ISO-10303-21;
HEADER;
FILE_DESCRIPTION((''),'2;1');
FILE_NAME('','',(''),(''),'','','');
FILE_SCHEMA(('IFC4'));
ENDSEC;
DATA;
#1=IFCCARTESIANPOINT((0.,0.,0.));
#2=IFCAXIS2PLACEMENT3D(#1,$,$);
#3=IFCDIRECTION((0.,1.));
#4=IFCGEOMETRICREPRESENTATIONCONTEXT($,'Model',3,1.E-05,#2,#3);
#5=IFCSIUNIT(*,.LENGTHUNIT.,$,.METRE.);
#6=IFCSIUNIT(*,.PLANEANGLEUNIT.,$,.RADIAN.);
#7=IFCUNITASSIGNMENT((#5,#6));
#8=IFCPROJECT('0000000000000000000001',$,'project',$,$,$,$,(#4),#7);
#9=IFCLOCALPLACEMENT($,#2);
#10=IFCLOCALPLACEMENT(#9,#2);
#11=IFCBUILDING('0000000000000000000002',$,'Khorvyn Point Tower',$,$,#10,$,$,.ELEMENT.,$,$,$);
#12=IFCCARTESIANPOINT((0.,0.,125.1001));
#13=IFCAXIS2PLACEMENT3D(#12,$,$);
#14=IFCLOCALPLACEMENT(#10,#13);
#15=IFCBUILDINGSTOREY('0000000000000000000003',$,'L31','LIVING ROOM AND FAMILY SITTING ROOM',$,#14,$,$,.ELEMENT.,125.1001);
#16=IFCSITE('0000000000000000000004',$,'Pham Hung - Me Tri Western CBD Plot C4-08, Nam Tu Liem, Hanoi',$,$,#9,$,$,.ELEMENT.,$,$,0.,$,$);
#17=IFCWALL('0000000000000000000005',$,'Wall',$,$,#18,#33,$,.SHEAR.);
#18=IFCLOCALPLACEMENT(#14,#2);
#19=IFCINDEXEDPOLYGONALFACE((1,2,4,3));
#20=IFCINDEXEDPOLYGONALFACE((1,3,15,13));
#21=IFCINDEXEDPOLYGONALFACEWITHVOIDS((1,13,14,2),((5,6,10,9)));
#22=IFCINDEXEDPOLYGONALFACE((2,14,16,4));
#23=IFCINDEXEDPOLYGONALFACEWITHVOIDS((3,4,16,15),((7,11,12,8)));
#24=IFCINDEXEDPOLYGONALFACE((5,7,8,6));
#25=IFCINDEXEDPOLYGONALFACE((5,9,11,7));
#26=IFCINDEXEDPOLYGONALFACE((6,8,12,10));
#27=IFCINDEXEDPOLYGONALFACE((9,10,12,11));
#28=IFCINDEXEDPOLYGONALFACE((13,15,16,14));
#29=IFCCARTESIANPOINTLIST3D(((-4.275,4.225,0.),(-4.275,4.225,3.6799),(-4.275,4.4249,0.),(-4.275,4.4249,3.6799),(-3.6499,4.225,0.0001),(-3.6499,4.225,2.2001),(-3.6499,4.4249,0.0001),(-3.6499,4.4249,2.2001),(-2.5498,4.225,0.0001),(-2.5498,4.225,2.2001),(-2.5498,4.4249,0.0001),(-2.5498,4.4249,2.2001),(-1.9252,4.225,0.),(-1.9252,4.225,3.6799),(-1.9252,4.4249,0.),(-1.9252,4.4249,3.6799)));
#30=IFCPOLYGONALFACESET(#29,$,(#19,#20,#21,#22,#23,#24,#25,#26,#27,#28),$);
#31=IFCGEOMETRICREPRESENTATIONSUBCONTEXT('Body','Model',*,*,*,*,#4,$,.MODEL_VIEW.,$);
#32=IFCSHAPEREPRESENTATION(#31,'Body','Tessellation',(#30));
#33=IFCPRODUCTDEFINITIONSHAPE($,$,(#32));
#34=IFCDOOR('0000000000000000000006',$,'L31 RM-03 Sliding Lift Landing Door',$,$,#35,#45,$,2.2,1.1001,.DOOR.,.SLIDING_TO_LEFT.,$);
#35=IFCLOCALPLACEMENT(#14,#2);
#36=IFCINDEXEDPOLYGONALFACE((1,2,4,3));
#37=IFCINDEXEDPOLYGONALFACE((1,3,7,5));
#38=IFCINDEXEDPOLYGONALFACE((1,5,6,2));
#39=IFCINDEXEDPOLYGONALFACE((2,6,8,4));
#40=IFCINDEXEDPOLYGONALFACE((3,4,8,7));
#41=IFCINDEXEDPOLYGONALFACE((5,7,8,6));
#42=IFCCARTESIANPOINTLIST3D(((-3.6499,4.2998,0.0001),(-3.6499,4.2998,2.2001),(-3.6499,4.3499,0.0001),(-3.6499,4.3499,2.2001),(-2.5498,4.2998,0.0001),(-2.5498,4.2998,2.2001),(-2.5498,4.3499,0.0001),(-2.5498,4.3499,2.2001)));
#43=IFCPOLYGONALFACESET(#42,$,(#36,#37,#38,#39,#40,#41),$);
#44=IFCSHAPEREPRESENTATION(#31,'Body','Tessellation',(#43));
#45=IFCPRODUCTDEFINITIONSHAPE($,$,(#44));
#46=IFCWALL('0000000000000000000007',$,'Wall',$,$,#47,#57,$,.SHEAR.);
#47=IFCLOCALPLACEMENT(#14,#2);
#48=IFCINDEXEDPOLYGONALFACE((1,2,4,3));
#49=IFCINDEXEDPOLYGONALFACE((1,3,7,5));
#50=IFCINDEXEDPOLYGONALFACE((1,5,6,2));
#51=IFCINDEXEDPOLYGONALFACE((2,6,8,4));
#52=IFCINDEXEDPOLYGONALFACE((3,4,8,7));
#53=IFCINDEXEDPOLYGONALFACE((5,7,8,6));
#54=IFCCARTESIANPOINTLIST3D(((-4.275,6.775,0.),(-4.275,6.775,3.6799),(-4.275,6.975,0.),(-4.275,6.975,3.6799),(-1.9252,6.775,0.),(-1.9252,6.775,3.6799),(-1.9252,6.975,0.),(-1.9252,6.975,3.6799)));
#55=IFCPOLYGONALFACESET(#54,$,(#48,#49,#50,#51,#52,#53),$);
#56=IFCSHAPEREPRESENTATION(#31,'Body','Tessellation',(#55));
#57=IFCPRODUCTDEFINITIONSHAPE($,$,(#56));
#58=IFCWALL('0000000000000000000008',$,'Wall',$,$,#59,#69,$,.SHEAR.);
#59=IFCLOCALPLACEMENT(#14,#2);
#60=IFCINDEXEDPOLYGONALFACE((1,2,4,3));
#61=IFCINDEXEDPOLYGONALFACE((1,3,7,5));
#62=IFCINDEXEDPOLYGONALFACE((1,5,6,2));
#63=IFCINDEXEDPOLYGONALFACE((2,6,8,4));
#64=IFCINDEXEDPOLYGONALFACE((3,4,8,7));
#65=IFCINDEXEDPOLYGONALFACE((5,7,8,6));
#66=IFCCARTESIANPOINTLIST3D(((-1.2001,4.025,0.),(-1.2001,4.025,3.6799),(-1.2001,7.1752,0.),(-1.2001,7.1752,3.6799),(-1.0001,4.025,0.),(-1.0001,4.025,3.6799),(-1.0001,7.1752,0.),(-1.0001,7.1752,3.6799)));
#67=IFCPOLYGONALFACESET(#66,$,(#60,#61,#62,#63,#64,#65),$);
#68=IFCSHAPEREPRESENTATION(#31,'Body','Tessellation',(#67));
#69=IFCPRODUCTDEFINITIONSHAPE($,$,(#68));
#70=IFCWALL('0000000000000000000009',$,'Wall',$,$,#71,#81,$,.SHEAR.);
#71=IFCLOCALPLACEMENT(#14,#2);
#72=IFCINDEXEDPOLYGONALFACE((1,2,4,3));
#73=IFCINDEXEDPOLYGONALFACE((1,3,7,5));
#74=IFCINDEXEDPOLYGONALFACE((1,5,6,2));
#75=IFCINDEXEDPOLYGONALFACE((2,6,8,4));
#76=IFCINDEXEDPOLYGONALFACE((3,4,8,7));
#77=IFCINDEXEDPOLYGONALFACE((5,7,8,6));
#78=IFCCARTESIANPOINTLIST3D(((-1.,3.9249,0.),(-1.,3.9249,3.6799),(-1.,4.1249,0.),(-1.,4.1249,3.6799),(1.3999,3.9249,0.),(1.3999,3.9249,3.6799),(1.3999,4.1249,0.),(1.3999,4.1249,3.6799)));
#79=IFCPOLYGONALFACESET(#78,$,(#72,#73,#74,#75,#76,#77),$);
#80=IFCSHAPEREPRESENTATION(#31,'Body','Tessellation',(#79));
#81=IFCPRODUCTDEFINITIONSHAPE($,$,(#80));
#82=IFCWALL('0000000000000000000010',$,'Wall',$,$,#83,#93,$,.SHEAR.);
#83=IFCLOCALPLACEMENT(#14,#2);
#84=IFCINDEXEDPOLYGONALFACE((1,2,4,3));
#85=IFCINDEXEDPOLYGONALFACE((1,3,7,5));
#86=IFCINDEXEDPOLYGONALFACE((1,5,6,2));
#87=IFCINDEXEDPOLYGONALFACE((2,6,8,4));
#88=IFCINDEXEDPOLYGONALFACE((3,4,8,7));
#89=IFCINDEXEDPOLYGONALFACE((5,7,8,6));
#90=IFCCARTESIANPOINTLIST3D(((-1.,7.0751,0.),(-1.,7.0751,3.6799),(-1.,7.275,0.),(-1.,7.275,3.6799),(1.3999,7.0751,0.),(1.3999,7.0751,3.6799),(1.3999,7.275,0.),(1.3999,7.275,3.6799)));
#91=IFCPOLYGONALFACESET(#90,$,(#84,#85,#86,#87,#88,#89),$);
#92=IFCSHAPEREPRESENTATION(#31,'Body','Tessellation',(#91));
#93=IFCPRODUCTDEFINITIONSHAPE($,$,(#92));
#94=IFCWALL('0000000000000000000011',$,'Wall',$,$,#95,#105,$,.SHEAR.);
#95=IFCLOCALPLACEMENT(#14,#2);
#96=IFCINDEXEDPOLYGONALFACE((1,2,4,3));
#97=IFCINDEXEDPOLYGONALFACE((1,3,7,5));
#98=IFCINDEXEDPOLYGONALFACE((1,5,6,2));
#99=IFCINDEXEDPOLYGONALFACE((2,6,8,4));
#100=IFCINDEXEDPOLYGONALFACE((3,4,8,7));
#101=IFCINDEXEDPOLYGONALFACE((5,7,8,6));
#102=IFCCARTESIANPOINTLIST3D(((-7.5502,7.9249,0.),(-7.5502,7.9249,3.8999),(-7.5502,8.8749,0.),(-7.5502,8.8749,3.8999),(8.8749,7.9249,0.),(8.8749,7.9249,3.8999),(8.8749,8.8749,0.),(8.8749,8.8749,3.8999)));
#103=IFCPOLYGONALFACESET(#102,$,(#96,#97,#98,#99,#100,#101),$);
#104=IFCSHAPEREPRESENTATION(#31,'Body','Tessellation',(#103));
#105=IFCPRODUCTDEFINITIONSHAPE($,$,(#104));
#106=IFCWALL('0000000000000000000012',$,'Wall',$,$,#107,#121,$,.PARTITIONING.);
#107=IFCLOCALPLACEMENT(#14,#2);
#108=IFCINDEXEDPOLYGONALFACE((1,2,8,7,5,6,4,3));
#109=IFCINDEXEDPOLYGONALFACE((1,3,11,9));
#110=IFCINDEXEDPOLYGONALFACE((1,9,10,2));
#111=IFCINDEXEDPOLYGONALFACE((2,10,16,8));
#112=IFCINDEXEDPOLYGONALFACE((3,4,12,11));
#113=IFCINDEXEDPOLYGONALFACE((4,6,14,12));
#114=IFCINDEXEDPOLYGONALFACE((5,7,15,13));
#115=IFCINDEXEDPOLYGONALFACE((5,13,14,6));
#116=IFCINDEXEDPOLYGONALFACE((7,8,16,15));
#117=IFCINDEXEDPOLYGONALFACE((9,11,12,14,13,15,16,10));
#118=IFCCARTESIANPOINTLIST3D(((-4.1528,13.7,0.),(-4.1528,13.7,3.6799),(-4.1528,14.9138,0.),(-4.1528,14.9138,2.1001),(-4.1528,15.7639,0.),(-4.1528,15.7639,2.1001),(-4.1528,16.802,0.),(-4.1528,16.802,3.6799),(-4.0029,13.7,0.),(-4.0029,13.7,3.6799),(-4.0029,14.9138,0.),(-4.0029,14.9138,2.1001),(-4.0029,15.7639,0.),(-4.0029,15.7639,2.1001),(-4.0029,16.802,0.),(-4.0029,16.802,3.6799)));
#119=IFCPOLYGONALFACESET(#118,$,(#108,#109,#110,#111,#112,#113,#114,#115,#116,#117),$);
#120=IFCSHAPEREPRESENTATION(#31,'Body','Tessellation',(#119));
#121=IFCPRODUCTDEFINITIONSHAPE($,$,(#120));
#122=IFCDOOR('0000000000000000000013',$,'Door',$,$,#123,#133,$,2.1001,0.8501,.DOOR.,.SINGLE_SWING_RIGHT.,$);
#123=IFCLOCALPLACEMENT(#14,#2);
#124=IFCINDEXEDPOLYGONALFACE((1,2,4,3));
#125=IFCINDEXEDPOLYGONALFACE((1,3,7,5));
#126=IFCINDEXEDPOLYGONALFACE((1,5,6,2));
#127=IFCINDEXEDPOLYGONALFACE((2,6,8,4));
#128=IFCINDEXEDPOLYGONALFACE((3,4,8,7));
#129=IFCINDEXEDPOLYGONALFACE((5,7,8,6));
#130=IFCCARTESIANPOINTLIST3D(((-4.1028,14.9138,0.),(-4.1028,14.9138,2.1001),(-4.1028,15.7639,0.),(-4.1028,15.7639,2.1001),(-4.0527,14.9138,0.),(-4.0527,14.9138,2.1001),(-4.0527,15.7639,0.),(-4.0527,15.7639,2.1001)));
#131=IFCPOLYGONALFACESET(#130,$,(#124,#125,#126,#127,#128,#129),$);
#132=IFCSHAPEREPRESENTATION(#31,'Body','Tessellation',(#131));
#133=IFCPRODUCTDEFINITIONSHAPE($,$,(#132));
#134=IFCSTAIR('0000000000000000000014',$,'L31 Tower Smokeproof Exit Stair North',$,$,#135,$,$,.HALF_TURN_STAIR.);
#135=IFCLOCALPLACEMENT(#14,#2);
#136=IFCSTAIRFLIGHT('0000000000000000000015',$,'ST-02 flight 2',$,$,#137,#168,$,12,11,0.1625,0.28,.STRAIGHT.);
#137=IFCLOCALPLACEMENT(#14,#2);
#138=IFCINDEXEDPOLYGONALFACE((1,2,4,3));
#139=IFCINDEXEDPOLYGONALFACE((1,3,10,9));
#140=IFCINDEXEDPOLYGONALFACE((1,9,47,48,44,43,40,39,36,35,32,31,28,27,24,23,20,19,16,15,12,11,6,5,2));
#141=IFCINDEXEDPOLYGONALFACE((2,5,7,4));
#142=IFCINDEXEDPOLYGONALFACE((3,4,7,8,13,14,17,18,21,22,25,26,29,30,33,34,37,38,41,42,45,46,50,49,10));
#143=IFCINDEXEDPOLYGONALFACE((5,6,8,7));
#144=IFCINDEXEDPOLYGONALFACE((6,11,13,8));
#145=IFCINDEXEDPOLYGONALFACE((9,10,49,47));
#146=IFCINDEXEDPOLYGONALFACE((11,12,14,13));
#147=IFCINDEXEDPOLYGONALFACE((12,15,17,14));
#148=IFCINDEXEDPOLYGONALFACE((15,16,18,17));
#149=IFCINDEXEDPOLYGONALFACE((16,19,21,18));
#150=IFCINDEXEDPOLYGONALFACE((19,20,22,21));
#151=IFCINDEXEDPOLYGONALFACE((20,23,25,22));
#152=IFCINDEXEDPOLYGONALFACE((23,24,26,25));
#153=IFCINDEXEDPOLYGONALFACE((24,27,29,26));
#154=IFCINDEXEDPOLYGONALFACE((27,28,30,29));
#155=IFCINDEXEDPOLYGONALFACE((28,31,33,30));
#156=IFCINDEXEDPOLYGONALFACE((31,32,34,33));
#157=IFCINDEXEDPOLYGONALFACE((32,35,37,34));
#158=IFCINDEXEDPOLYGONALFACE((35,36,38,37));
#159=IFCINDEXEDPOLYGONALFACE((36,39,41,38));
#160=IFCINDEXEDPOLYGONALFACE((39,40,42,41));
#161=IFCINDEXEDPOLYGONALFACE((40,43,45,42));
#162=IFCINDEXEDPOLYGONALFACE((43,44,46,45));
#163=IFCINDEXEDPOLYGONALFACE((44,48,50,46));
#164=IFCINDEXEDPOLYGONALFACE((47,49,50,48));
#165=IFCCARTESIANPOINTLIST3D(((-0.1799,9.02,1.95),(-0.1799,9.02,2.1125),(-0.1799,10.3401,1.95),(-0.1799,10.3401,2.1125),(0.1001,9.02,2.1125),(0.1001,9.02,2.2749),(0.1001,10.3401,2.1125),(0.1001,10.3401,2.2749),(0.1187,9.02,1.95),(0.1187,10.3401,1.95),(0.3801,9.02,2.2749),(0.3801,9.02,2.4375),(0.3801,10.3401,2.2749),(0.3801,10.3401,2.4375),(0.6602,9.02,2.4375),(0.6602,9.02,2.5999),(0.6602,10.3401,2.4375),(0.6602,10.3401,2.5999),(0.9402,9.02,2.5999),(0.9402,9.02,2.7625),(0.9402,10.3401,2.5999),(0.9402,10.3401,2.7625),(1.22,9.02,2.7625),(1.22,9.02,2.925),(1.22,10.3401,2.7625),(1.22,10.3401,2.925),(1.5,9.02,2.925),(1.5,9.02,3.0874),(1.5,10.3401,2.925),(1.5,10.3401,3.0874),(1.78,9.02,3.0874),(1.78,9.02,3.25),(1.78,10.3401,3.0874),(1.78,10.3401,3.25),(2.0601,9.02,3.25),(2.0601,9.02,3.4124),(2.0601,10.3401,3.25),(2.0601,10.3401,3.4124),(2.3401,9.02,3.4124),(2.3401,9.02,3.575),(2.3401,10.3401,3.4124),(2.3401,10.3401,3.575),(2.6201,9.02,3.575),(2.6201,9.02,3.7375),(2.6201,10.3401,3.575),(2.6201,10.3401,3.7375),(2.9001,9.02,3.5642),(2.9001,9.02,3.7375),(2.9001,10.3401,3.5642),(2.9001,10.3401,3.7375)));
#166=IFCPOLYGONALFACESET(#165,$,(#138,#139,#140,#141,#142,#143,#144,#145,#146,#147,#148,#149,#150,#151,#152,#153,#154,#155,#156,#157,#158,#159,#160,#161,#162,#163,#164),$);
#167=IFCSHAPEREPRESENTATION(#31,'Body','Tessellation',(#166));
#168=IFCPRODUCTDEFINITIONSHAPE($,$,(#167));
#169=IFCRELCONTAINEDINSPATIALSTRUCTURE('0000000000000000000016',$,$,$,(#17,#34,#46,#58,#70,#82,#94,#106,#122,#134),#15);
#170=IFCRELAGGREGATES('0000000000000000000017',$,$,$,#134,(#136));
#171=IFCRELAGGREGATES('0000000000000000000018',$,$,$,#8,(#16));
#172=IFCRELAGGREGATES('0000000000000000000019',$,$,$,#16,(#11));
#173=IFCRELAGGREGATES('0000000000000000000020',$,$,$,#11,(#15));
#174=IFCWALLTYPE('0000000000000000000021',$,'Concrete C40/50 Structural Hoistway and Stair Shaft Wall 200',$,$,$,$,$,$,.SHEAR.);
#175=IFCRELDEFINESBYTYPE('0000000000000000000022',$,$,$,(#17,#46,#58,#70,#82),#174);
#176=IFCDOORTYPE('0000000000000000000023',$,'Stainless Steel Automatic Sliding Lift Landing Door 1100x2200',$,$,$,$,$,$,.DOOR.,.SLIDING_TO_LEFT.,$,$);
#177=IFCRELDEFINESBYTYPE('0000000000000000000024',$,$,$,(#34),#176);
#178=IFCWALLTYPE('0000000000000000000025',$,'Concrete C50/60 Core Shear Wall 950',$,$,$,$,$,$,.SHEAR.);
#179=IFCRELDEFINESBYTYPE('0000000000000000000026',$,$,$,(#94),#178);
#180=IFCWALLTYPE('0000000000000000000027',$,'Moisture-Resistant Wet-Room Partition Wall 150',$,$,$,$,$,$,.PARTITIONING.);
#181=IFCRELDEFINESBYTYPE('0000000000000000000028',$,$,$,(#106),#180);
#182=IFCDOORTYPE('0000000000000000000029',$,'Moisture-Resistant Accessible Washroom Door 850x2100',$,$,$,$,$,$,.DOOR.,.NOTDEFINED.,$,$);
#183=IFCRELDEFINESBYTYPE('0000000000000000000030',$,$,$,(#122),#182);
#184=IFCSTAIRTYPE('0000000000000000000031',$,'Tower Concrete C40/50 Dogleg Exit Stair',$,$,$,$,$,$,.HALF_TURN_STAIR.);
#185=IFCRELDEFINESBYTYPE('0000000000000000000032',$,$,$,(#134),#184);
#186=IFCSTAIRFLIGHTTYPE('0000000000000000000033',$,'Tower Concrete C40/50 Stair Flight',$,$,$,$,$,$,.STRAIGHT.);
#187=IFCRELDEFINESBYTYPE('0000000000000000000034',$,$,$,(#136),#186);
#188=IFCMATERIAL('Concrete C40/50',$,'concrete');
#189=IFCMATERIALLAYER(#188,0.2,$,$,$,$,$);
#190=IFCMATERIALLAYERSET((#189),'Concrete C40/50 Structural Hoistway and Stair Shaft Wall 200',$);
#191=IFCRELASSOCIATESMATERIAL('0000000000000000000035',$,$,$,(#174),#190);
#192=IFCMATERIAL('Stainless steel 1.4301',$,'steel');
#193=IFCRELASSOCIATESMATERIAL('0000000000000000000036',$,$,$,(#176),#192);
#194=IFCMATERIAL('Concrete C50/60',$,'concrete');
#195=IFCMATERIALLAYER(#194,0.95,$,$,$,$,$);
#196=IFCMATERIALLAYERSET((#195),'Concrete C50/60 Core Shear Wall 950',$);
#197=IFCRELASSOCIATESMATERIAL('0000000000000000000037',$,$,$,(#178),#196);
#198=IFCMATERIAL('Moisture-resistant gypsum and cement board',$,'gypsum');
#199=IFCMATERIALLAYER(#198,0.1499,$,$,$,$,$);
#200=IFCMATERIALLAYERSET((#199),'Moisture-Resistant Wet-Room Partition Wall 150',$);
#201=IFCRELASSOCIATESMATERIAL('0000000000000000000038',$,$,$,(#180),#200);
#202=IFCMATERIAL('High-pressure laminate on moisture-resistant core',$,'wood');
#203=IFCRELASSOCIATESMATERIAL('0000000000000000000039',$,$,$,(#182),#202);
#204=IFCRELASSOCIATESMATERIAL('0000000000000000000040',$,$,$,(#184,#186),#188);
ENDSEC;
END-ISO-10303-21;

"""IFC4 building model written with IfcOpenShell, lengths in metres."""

from ifc_helpers import new_model, si_unit, direction, frame, frame_2d, origin, place, context, subcontext, project, spatial, polyline, rectangle, outline, extrude, material, layer, layer_set, type_object, element, fill, aggregate, save


model = new_model("IFC4")

# Units and contexts
model_context = context("Model", 3, precision=1e-05, world=origin(), true_north=direction((0.0, 1.0)))
body_context = subcontext(model_context, "Body", "Model", "MODEL_VIEW")
ifc_project = project(units=[si_unit("LENGTHUNIT", "METRE"), si_unit("PLANEANGLEUNIT", "RADIAN")], contexts=[model_context])

# Site, building, storey
site_placement = place(None, origin())
site = spatial("IfcSite", under=ifc_project, at=site_placement, Name="Pham Hung - Me Tri Western CBD Plot C4-08, Nam Tu Liem, Hanoi", CompositionType="ELEMENT", RefElevation=0.0)
building_placement = place(site_placement, origin())
building = spatial("IfcBuilding", under=site, at=building_placement, Name="Khorvyn Point Tower", CompositionType="ELEMENT")
storey_placement = place(building_placement, frame((0.0, 0.0, 125.1001)))
storey = spatial("IfcBuildingStorey", under=building, at=storey_placement, Name="L31", Description="LIVING ROOM AND FAMILY SITTING ROOM", CompositionType="ELEMENT", Elevation=125.1001)

# Shared definitions
ifc_material_1 = material(Name="Concrete C40/50", Category="concrete")

# Shared definitions
ifc_layer_1 = layer(ifc_material_1, 0.2)
ifc_layer_set_1 = layer_set([ifc_layer_1], Name="Concrete C40/50 Structural Hoistway and Stair Shaft Wall 200")
wall_type_1 = type_object("IfcWallType", Name="Concrete C40/50 Structural Hoistway and Stair Shaft Wall 200", PredefinedType="SHEAR", material=ifc_layer_set_1)

# Shared definitions
ifc_material_2 = material(Name="Stainless steel 1.4301", Category="steel")
door_type_1 = type_object("IfcDoorType", Name="Stainless Steel Automatic Sliding Lift Landing Door 1100x2200", OperationType="SLIDING_TO_LEFT", PredefinedType="DOOR", material=ifc_material_2)

# Wall, opening, door
wall_1_placement = place(storey_placement, frame((-4.2749, 4.325, 0.0), z_axis=(0.0, 0.0, 1.0), x_axis=(1.0, 0.0, 0.0)))
wall_1 = element("IfcWall", 1, at=wall_1_placement, inside=storey, type_object=wall_type_1, Name="Wall", PredefinedType="SHEAR", context=body_context, shape_type="SweptSolid", body=[
    extrude(rectangle(XDim=2.3499, YDim=0.2, at=frame_2d((1.1748, 0.0))), origin(), (0.0, 0.0, 1.0), 3.6799),
])
opening_1_placement = place(wall_1_placement, frame((0.625, 0.0, 0.0)))
opening_1 = element("IfcOpeningElement", 2, at=opening_1_placement, cuts=wall_1, PredefinedType="OPENING", context=body_context, shape_type="SweptSolid", body=[
    extrude(rectangle(XDim=1.1001, YDim=2.2, at=frame_2d((0.55, 1.1001))), frame((0.0, 0.1099, 0.0), z_axis=(0.0, -1.0, 0.0), x_axis=(1.0, 0.0, 0.0)), (0.0, 0.0, 1.0), 0.22),
])
door_1_placement = place(opening_1_placement, origin())
door_1 = element("IfcDoor", 3, at=door_1_placement, inside=storey, type_object=door_type_1, Name="L31 RM-03 Sliding Lift Landing Door", OperationType="SLIDING_TO_LEFT", OverallHeight=2.2, OverallWidth=1.1001, PredefinedType="DOOR", context=body_context, shape_type="SweptSolid", body=[
    extrude(rectangle(XDim=1.1001, YDim=2.2, at=frame_2d((0.55, 1.1001))), frame((0.0, 0.0249, 0.0), z_axis=(0.0, -1.0, 0.0), x_axis=(1.0, 0.0, 0.0)), (0.0, 0.0, 1.0), 0.05),
])
fill(opening_1, door_1)

# Walls
wall_2_placement = place(storey_placement, frame((-4.2749, 6.875, 0.0), z_axis=(0.0, 0.0, 1.0), x_axis=(1.0, 0.0, 0.0)))
element("IfcWall", 4, at=wall_2_placement, inside=storey, type_object=wall_type_1, Name="Wall", PredefinedType="SHEAR", context=body_context, shape_type="SweptSolid", body=[
    extrude(rectangle(XDim=2.3499, YDim=0.2, at=frame_2d((1.1748, 0.0))), origin(), (0.0, 0.0, 1.0), 3.6799),
])
wall_3_placement = place(storey_placement, frame((-1.1001, 4.0249, 0.0), z_axis=(0.0, 0.0, 1.0), x_axis=(0.0, 1.0, 0.0)))
element("IfcWall", 5, at=wall_3_placement, inside=storey, type_object=wall_type_1, Name="Wall", PredefinedType="SHEAR", context=body_context, shape_type="SweptSolid", body=[
    extrude(rectangle(XDim=3.1501, YDim=0.2, at=frame_2d((1.5752, 0.0))), origin(), (0.0, 0.0, 1.0), 3.6799),
])
for number, where, z_axis, x_axis, name in (
    (6, (-1.0, 4.0249, 0.0), (0.0, 0.0, 1.0), (1.0, 0.0, 0.0), "Wall"),
    (7, (-1.0, 7.175, 0.0), (0.0, 0.0, 1.0), (1.0, 0.0, 0.0), "Wall"),
):
    element("IfcWall", number, at=place(storey_placement, frame(where, z_axis=z_axis, x_axis=x_axis)), inside=storey, type_object=wall_type_1, Name=name, PredefinedType="SHEAR", context=body_context, shape_type="SweptSolid", body=[
        extrude(rectangle(XDim=2.3999, YDim=0.2, at=frame_2d((1.2, 0.0))), origin(), (0.0, 0.0, 1.0), 3.6799),
    ])
ifc_material_3 = material(Name="Concrete C50/60", Category="concrete")
ifc_layer_2 = layer(ifc_material_3, 0.95)
ifc_layer_set_2 = layer_set([ifc_layer_2], Name="Concrete C50/60 Core Shear Wall 950")
wall_type_2 = type_object("IfcWallType", Name="Concrete C50/60 Core Shear Wall 950", PredefinedType="SHEAR", material=ifc_layer_set_2)
wall_4_placement = place(storey_placement, frame((-7.55, 8.3999, 0.0), z_axis=(0.0, 0.0, 1.0), x_axis=(1.0, 0.0, 0.0)))
element("IfcWall", 8, at=wall_4_placement, inside=storey, type_object=wall_type_2, Name="Wall", PredefinedType="SHEAR", context=body_context, shape_type="SweptSolid", body=[
    extrude(rectangle(XDim=16.425, YDim=0.95, at=frame_2d((8.2124, 0.0))), origin(), (0.0, 0.0, 1.0), 3.8999),
])

# Wall, opening, door
ifc_material_4 = material(Name="Moisture-resistant gypsum and cement board", Category="gypsum")
ifc_layer_3 = layer(ifc_material_4, 0.1499)
ifc_layer_set_3 = layer_set([ifc_layer_3], Name="Moisture-Resistant Wet-Room Partition Wall 150")
wall_type_3 = type_object("IfcWallType", Name="Moisture-Resistant Wet-Room Partition Wall 150", PredefinedType="PARTITIONING", material=ifc_layer_set_3)
wall_5_placement = place(storey_placement, frame((-4.0779, 13.7, 0.0), z_axis=(0.0, 0.0, 1.0), x_axis=(0.0, 1.0, 0.0)))
wall_5 = element("IfcWall", 9, at=wall_5_placement, inside=storey, type_object=wall_type_3, Name="Wall", PredefinedType="PARTITIONING", context=body_context, shape_type="SweptSolid", body=[
    extrude(rectangle(XDim=3.1021, YDim=0.1499, at=frame_2d((1.551, 0.0))), origin(), (0.0, 0.0, 1.0), 3.6799),
])
opening_2_placement = place(wall_5_placement, frame((1.2139, 0.0, 0.0)))
opening_2 = element("IfcOpeningElement", 10, at=opening_2_placement, cuts=wall_5, PredefinedType="OPENING", context=body_context, shape_type="SweptSolid", body=[
    extrude(rectangle(XDim=0.8501, YDim=2.1001, at=frame_2d((0.425, 1.05))), frame((0.0, 0.085, 0.0), z_axis=(0.0, -1.0, 0.0), x_axis=(1.0, 0.0, 0.0)), (0.0, 0.0, 1.0), 0.1699),
])
ifc_material_5 = material(Name="High-pressure laminate on moisture-resistant core", Category="wood")
door_type_2 = type_object("IfcDoorType", Name="Moisture-Resistant Accessible Washroom Door 850x2100", OperationType="NOTDEFINED", PredefinedType="DOOR", material=ifc_material_5)
door_2_placement = place(opening_2_placement, origin())
door_2 = element("IfcDoor", 11, at=door_2_placement, inside=storey, type_object=door_type_2, Name="Door", OperationType="SINGLE_SWING_RIGHT", OverallHeight=2.1001, OverallWidth=0.8501, PredefinedType="DOOR", context=body_context, shape_type="SweptSolid", body=[
    extrude(rectangle(XDim=0.8501, YDim=2.1001, at=frame_2d((0.425, 1.05))), frame((0.0, 0.0249, 0.0), z_axis=(0.0, -1.0, 0.0), x_axis=(1.0, 0.0, 0.0)), (0.0, 0.0, 1.0), 0.05),
])
fill(opening_2, door_2)

# Stair, stair flight
stair_type = type_object("IfcStairType", Name="Tower Concrete C40/50 Dogleg Exit Stair", PredefinedType="HALF_TURN_STAIR", material=ifc_material_1)
stair_placement = place(storey_placement, origin())
stair = element("IfcStair", 12, at=stair_placement, inside=storey, type_object=stair_type, Name="L31 Tower Smokeproof Exit Stair North", PredefinedType="HALF_TURN_STAIR")
stair_flight_type = type_object("IfcStairFlightType", Name="Tower Concrete C40/50 Stair Flight", PredefinedType="STRAIGHT", material=ifc_material_1)
stair_flight_placement = place(storey_placement, frame((-0.1799, 9.6799, 1.95), z_axis=(0.0, 0.0, 1.0), x_axis=(1.0, 0.0, 0.0)))
stair_flight = element("IfcStairFlight", 13, at=stair_flight_placement, type_object=stair_flight_type, Name="ST-02 flight 2", NumberOfRisers=12, NumberOfTreads=11, PredefinedType="STRAIGHT", RiserHeight=0.1625, TreadLength=0.28, context=body_context, shape_type="SweptSolid", body=[
    extrude(outline(polyline([(0.0, 0.0), (0.0, 0.1626), (0.28, 0.1626), (0.28, 0.325), (0.5601, 0.325), (0.5601, 0.4875), (0.8401, 0.4875), (0.8401, 0.6499), (1.1201, 0.6499), (1.1201, 0.8125), (1.3999, 0.8125), (1.3999, 0.9751), (1.6799, 0.9751), (1.6799, 1.1375), (1.96, 1.1375), (1.96, 1.3), (2.24, 1.3), (2.24, 1.4624), (2.52, 1.4624), (2.52, 1.625), (2.8, 1.625), (2.8, 1.7876), (3.0801, 1.7876), (3.0801, 1.95), (3.0801, 1.6143), (0.2986, 0.0), (0.0, 0.0)])), frame((0.0, 0.6602, 0.0), z_axis=(0.0, -1.0, 0.0), x_axis=(1.0, 0.0, 0.0)), (0.0, 0.0, 1.0), 1.3201),
])
aggregate(stair, [stair_flight])

save(model, "model.ifc")
